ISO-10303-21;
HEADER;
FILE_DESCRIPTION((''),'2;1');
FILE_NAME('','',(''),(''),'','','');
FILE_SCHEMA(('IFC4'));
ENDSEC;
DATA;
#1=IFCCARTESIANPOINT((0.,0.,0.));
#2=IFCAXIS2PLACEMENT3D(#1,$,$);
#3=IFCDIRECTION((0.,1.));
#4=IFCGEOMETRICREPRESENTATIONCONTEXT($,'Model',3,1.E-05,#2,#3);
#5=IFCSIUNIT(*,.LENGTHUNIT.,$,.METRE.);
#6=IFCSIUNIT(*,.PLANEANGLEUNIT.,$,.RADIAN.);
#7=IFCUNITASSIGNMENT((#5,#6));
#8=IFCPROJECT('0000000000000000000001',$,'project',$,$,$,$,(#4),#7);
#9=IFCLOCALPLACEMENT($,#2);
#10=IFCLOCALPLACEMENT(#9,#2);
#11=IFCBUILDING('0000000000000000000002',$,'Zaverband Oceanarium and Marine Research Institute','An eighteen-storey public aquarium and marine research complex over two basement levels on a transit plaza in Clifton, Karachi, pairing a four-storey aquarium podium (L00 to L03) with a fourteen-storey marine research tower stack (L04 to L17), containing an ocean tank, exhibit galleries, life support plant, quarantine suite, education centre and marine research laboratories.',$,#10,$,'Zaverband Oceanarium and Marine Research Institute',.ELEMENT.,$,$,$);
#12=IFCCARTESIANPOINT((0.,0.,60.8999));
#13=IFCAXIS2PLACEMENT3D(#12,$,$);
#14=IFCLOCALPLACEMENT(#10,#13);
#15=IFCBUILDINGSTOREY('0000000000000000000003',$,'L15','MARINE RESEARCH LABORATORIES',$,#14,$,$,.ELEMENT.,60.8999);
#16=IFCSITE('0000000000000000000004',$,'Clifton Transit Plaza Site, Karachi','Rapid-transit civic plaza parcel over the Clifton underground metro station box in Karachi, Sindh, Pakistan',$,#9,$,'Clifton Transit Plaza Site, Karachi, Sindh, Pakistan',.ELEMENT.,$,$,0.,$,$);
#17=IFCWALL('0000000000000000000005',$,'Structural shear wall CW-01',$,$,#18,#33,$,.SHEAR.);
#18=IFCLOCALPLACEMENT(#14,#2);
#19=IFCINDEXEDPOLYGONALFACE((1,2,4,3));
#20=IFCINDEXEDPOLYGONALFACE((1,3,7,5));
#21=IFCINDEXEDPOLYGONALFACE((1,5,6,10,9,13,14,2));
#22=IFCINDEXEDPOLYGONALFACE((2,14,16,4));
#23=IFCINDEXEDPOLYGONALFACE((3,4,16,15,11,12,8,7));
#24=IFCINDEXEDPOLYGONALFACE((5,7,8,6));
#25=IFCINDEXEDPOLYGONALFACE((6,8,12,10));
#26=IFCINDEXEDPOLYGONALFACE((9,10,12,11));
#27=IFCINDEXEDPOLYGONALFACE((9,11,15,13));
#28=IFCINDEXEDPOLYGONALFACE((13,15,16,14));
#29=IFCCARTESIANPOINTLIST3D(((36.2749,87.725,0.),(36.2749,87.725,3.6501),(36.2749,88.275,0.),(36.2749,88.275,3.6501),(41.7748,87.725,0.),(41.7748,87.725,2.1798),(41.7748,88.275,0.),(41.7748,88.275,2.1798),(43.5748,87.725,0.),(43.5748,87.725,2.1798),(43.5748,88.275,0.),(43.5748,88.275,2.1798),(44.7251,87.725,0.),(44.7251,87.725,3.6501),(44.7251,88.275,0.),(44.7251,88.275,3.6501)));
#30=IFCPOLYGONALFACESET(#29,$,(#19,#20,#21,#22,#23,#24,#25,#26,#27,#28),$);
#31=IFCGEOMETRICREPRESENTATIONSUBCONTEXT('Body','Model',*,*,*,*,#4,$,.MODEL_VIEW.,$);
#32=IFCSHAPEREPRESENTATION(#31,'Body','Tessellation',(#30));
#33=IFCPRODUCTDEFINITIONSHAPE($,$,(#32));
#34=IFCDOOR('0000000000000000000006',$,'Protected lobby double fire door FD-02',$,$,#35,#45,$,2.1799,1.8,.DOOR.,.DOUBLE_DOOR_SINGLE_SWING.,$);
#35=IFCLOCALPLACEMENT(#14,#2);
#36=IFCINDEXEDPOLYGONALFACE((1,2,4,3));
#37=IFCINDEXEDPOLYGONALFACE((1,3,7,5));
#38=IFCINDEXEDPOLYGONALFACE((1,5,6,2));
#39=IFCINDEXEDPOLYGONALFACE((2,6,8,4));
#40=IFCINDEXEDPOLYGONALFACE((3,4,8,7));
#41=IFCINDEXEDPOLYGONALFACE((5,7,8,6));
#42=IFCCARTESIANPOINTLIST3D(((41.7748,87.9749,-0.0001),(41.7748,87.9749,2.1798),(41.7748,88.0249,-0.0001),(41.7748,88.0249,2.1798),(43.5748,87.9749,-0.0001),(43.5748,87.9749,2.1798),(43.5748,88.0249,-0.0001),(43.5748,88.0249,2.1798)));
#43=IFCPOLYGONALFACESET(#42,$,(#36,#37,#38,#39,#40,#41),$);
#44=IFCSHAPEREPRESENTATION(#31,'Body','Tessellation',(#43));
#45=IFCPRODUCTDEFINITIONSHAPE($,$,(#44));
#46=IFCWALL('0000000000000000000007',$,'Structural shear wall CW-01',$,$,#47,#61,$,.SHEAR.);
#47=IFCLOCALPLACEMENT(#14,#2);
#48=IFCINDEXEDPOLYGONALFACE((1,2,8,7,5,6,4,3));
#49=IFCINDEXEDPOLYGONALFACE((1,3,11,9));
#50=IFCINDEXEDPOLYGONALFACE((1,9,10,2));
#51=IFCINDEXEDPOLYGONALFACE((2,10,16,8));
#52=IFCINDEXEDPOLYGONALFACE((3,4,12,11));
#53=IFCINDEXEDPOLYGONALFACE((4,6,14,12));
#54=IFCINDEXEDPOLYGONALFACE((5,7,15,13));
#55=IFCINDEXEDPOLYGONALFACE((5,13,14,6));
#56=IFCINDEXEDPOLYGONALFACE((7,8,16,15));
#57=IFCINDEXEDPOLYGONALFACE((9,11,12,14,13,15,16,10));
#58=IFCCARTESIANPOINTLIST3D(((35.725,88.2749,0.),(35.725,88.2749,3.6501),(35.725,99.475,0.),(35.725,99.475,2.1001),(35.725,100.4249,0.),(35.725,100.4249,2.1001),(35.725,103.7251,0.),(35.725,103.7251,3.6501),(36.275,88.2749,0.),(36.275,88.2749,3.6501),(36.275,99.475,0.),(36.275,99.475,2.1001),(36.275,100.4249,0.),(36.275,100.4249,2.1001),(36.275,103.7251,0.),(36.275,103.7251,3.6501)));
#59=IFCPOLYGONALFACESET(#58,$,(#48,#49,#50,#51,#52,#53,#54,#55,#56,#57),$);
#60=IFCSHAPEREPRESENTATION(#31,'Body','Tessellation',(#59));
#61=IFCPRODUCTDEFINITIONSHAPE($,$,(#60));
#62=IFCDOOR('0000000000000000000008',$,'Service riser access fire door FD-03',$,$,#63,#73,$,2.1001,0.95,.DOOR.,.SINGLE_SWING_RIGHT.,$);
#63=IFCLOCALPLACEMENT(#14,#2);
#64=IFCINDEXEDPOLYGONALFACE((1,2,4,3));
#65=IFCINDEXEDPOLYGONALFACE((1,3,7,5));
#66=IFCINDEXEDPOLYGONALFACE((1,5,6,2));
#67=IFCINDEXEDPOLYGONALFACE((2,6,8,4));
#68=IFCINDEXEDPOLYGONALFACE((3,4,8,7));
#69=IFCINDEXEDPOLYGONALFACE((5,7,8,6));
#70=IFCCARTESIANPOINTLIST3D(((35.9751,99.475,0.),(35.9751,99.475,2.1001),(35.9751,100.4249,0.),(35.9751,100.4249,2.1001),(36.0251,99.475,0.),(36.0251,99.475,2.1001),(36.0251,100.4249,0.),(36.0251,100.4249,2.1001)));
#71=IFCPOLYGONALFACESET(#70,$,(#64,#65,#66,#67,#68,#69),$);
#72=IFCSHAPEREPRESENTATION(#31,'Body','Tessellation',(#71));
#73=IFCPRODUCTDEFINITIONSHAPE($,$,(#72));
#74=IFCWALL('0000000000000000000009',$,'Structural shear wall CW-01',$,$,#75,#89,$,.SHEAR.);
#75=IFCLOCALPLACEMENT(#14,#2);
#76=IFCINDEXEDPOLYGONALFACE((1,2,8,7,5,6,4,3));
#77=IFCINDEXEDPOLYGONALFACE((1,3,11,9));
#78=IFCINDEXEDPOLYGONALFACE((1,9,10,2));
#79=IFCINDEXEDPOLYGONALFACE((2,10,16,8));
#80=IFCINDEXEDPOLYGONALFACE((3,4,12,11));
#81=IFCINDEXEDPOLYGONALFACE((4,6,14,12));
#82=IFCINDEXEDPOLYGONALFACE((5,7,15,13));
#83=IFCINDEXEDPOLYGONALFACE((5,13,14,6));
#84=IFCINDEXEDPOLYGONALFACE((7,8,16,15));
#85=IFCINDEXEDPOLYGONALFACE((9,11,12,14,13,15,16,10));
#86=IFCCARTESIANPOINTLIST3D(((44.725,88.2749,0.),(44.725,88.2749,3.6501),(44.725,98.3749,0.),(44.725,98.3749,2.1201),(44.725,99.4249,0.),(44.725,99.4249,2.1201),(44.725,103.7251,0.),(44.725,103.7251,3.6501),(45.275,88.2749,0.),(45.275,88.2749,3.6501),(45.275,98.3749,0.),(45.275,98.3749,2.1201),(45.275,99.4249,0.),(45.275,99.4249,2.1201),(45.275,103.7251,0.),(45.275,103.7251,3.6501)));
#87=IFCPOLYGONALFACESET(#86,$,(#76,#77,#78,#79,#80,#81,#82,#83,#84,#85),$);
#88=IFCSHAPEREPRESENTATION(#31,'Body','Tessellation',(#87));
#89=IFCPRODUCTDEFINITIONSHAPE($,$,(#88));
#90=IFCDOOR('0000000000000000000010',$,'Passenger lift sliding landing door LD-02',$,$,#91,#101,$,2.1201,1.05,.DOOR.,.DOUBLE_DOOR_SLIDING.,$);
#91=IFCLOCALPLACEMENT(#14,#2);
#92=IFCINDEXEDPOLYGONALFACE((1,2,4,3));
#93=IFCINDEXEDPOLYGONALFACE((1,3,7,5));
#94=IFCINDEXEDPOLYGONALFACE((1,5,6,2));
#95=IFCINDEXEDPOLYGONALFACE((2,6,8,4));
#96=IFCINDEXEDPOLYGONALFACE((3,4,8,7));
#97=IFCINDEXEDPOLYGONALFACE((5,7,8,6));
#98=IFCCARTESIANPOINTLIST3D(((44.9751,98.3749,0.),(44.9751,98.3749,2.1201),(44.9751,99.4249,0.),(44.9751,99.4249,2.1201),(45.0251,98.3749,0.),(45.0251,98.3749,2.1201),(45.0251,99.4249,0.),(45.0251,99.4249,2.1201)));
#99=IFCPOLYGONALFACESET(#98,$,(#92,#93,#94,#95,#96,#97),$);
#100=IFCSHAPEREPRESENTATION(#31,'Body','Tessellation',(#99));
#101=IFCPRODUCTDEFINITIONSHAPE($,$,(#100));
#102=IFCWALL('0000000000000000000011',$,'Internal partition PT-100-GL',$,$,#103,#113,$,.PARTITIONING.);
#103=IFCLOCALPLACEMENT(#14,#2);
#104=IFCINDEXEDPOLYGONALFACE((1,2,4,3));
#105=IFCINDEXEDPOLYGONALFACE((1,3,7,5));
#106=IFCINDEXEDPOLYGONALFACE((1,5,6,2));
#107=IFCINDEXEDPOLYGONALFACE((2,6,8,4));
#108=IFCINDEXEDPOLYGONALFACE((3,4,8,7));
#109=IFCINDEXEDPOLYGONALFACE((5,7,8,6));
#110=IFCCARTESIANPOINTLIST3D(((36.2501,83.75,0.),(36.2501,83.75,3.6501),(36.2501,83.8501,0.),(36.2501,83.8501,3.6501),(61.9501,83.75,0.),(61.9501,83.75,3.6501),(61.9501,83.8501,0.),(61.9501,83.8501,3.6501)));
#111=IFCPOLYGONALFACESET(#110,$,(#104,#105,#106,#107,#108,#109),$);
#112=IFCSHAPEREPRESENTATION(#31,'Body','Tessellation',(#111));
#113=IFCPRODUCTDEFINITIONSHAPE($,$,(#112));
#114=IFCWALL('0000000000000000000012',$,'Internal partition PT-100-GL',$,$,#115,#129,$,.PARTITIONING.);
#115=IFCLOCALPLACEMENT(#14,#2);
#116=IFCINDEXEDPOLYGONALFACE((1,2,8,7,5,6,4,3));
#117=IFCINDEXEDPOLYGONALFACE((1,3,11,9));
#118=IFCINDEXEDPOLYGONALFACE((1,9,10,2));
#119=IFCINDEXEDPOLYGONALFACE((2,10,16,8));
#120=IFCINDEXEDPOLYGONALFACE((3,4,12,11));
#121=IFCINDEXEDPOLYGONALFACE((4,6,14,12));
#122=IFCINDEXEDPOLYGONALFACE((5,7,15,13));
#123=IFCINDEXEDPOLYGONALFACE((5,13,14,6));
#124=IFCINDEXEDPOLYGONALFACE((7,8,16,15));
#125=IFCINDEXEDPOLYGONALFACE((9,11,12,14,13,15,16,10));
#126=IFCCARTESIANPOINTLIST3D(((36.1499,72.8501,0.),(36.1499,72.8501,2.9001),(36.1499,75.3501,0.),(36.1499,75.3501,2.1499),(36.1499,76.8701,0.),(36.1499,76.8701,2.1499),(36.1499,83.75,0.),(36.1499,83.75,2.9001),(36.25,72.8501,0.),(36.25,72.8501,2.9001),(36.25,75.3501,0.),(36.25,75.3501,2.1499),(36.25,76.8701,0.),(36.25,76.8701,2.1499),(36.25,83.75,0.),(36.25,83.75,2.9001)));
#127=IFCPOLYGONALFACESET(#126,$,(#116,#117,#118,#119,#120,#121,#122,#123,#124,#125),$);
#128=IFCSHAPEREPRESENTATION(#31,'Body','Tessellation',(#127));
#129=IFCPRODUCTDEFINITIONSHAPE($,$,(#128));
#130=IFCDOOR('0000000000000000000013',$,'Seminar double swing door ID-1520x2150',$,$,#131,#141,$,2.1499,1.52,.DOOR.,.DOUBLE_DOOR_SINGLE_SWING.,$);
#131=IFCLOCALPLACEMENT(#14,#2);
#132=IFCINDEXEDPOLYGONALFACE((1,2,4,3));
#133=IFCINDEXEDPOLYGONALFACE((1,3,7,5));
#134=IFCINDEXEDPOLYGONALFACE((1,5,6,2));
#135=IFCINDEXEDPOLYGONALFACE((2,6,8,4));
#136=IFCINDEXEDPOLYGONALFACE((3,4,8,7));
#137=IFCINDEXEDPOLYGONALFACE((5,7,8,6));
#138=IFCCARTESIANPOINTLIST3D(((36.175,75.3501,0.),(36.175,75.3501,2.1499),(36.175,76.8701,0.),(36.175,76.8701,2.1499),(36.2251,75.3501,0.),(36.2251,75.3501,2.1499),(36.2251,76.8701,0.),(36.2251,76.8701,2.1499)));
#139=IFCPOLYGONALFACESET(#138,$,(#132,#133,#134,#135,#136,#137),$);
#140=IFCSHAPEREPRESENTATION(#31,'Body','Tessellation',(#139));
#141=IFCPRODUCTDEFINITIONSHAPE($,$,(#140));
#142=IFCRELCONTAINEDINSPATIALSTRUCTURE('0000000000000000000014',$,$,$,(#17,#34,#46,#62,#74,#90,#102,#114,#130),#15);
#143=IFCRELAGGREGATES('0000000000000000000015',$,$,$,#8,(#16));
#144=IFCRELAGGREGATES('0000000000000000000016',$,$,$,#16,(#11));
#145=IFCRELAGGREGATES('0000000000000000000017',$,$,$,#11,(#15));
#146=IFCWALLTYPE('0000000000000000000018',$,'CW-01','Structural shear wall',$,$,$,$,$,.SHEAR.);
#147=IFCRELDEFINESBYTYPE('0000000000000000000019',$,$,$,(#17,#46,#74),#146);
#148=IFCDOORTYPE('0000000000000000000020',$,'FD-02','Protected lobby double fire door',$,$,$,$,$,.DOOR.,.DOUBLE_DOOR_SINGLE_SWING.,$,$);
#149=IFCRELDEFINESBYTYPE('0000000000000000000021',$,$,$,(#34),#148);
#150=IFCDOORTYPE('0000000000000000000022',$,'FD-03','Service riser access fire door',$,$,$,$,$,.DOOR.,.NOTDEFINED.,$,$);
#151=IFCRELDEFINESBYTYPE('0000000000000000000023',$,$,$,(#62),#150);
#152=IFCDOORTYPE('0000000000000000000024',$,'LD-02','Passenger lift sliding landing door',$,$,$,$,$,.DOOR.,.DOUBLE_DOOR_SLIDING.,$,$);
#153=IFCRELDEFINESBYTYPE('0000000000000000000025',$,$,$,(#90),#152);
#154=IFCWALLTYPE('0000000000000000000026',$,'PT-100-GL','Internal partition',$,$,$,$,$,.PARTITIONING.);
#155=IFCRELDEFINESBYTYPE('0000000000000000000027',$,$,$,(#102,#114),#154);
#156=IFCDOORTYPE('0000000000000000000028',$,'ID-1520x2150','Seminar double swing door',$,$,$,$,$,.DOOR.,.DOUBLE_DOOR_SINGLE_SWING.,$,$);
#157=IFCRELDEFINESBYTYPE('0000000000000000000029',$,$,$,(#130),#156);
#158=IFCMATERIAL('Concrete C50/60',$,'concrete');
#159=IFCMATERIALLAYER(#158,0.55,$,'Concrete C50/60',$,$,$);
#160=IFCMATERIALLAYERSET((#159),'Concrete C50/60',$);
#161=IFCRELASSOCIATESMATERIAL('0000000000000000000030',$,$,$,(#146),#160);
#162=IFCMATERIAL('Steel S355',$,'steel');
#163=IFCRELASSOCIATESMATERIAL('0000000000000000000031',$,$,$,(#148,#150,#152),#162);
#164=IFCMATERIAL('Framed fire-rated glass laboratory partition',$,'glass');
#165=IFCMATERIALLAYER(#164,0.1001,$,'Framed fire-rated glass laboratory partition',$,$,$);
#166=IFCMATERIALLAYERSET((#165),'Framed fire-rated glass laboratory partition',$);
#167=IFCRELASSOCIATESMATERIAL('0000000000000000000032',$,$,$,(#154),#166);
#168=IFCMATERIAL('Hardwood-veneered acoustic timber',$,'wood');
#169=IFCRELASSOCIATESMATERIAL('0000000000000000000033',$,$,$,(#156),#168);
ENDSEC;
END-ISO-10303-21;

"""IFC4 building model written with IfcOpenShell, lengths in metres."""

from ifc_helpers import new_model, si_unit, direction, frame, frame_2d, origin, place, context, subcontext, project, spatial, rectangle, extrude, material, layer, layer_set, type_object, element, fill, save


model = new_model("IFC4")

# Units and contexts
model_context = context("Model", 3, precision=1e-05, world=origin(), true_north=direction((0.0, 1.0)))
body_context = subcontext(model_context, "Body", "Model", "MODEL_VIEW")
ifc_project = project(units=[si_unit("LENGTHUNIT", "METRE"), si_unit("PLANEANGLEUNIT", "RADIAN")], contexts=[model_context])

# Site, building, storey
site_placement = place(None, origin())
site = spatial("IfcSite", under=ifc_project, at=site_placement, Name="Clifton Transit Plaza Site, Karachi", Description="Rapid-transit civic plaza parcel over the Clifton underground metro station box in Karachi, Sindh, Pakistan", LongName="Clifton Transit Plaza Site, Karachi, Sindh, Pakistan", CompositionType="ELEMENT", RefElevation=0.0)
building_placement = place(site_placement, origin())
building = spatial("IfcBuilding", under=site, at=building_placement, Name="Zaverband Oceanarium and Marine Research Institute", Description="An eighteen-storey public aquarium and marine research complex over two basement levels on a transit plaza in Clifton, Karachi, pairing a four-storey aquarium podium (L00 to L03) with a fourteen-storey marine research tower stack (L04 to L17), containing an ocean tank, exhibit galleries, life support plant, quarantine suite, education centre and marine research laboratories.", LongName="Zaverband Oceanarium and Marine Research Institute", CompositionType="ELEMENT")
storey_placement = place(building_placement, frame((0.0, 0.0, 60.8999)))
storey = spatial("IfcBuildingStorey", under=building, at=storey_placement, Name="L15", Description="MARINE RESEARCH LABORATORIES", CompositionType="ELEMENT", Elevation=60.8999)

# Shared definitions
ifc_material_1 = material(Name="Concrete C50/60", Category="concrete")

# Walls, openings, doors
ifc_layer_1 = layer(ifc_material_1, 0.55, Name="Concrete C50/60")
ifc_layer_set_1 = layer_set([ifc_layer_1], Name="Concrete C50/60")
wall_type_1 = type_object("IfcWallType", Name="CW-01", Description="Structural shear wall", PredefinedType="SHEAR", material=ifc_layer_set_1)
wall_1_placement = place(storey_placement, frame((36.2749, 88.0, 0.0), z_axis=(0.0, 0.0, 1.0), x_axis=(1.0, 0.0, 0.0)))
wall_1 = element("IfcWall", 1, at=wall_1_placement, inside=storey, type_object=wall_type_1, Name="Structural shear wall CW-01", PredefinedType="SHEAR", context=body_context, shape_type="SweptSolid", body=[
    extrude(rectangle(XDim=8.4502, YDim=0.55, at=frame_2d((4.2251, 0.0))), origin(), (0.0, 0.0, 1.0), 3.6501),
])
opening_1_placement = place(wall_1_placement, frame((5.5, 0.0, 0.0)))
opening_1 = element("IfcOpeningElement", 2, at=opening_1_placement, cuts=wall_1, PredefinedType="OPENING", context=body_context, shape_type="SweptSolid", body=[
    extrude(rectangle(XDim=1.8, YDim=2.1799, at=frame_2d((0.8999, 1.0898))), frame((0.0, 0.2871, 0.0), z_axis=(0.0, -1.0, 0.0), x_axis=(1.0, 0.0, 0.0)), (0.0, 0.0, 1.0), 0.574),
])
ifc_material_2 = material(Name="Steel S355", Category="steel")
door_type_1 = type_object("IfcDoorType", Name="FD-02", Description="Protected lobby double fire door", OperationType="DOUBLE_DOOR_SINGLE_SWING", PredefinedType="DOOR", material=ifc_material_2)
door_1_placement = place(opening_1_placement, origin())
door_1 = element("IfcDoor", 3, at=door_1_placement, inside=storey, type_object=door_type_1, Name="Protected lobby double fire door FD-02", OperationType="DOUBLE_DOOR_SINGLE_SWING", OverallHeight=2.1799, OverallWidth=1.8, PredefinedType="DOOR", context=body_context, shape_type="SweptSolid", body=[
    extrude(rectangle(XDim=1.8, YDim=2.1799, at=frame_2d((0.8999, 1.0898))), frame((0.0, 0.0249, 0.0), z_axis=(0.0, -1.0, 0.0), x_axis=(1.0, 0.0, 0.0)), (0.0, 0.0, 1.0), 0.05),
])
fill(opening_1, door_1)
wall_2_placement = place(storey_placement, frame((36.0, 88.2749, 0.0), z_axis=(0.0, 0.0, 1.0), x_axis=(0.0, 1.0, 0.0)))
wall_2 = element("IfcWall", 4, at=wall_2_placement, inside=storey, type_object=wall_type_1, Name="Structural shear wall CW-01", PredefinedType="SHEAR", context=body_context, shape_type="SweptSolid", body=[
    extrude(rectangle(XDim=15.4502, YDim=0.55, at=frame_2d((7.7251, 0.0))), origin(), (0.0, 0.0, 1.0), 3.6501),
])
opening_2_placement = place(wall_2_placement, frame((11.2, 0.0, 0.0)))
opening_2 = element("IfcOpeningElement", 5, at=opening_2_placement, cuts=wall_2, PredefinedType="OPENING", context=body_context, shape_type="SweptSolid", body=[
    extrude(rectangle(XDim=0.95, YDim=2.1001, at=frame_2d((0.4751, 1.05))), frame((0.0, 0.2871, 0.0), z_axis=(0.0, -1.0, 0.0), x_axis=(1.0, 0.0, 0.0)), (0.0, 0.0, 1.0), 0.574),
])
door_type_2 = type_object("IfcDoorType", Name="FD-03", Description="Service riser access fire door", OperationType="NOTDEFINED", PredefinedType="DOOR", material=ifc_material_2)
door_2_placement = place(opening_2_placement, origin())
door_2 = element("IfcDoor", 6, at=door_2_placement, inside=storey, type_object=door_type_2, Name="Service riser access fire door FD-03", OperationType="SINGLE_SWING_RIGHT", OverallHeight=2.1001, OverallWidth=0.95, PredefinedType="DOOR", context=body_context, shape_type="SweptSolid", body=[
    extrude(rectangle(XDim=0.95, YDim=2.1001, at=frame_2d((0.4751, 1.05))), frame((0.0, 0.0249, 0.0), z_axis=(0.0, -1.0, 0.0), x_axis=(1.0, 0.0, 0.0)), (0.0, 0.0, 1.0), 0.05),
])
fill(opening_2, door_2)
wall_3_placement = place(storey_placement, frame((45.0, 88.2749, 0.0), z_axis=(0.0, 0.0, 1.0), x_axis=(0.0, 1.0, 0.0)))
wall_3 = element("IfcWall", 7, at=wall_3_placement, inside=storey, type_object=wall_type_1, Name="Structural shear wall CW-01", PredefinedType="SHEAR", context=body_context, shape_type="SweptSolid", body=[
    extrude(rectangle(XDim=15.4502, YDim=0.55, at=frame_2d((7.7251, 0.0))), origin(), (0.0, 0.0, 1.0), 3.6501),
])
opening_3_placement = place(wall_3_placement, frame((10.1001, 0.0, 0.0)))
opening_3 = element("IfcOpeningElement", 8, at=opening_3_placement, cuts=wall_3, PredefinedType="OPENING", context=body_context, shape_type="SweptSolid", body=[
    extrude(rectangle(XDim=1.05, YDim=2.1201, at=frame_2d((0.5249, 1.0601))), frame((0.0, 0.2871, 0.0), z_axis=(0.0, -1.0, 0.0), x_axis=(1.0, 0.0, 0.0)), (0.0, 0.0, 1.0), 0.574),
])
door_type_3 = type_object("IfcDoorType", Name="LD-02", Description="Passenger lift sliding landing door", OperationType="DOUBLE_DOOR_SLIDING", PredefinedType="DOOR", material=ifc_material_2)
door_3_placement = place(opening_3_placement, origin())
door_3 = element("IfcDoor", 9, at=door_3_placement, inside=storey, type_object=door_type_3, Name="Passenger lift sliding landing door LD-02", OperationType="DOUBLE_DOOR_SLIDING", OverallHeight=2.1201, OverallWidth=1.05, PredefinedType="DOOR", context=body_context, shape_type="SweptSolid", body=[
    extrude(rectangle(XDim=1.05, YDim=2.1201, at=frame_2d((0.5249, 1.0601))), frame((0.0, 0.0249, 0.0), z_axis=(0.0, -1.0, 0.0), x_axis=(1.0, 0.0, 0.0)), (0.0, 0.0, 1.0), 0.05),
])
fill(opening_3, door_3)

# Wall
ifc_material_3 = material(Name="Framed fire-rated glass laboratory partition", Category="glass")
ifc_layer_2 = layer(ifc_material_3, 0.1001, Name="Framed fire-rated glass laboratory partition")
ifc_layer_set_2 = layer_set([ifc_layer_2], Name="Framed fire-rated glass laboratory partition")
wall_type_2 = type_object("IfcWallType", Name="PT-100-GL", Description="Internal partition", PredefinedType="PARTITIONING", material=ifc_layer_set_2)
wall_4_placement = place(storey_placement, frame((36.25, 83.8, 0.0), z_axis=(0.0, 0.0, 1.0), x_axis=(1.0, 0.0, 0.0)))
element("IfcWall", 10, at=wall_4_placement, inside=storey, type_object=wall_type_2, Name="Internal partition PT-100-GL", PredefinedType="PARTITIONING", context=body_context, shape_type="SweptSolid", body=[
    extrude(rectangle(XDim=25.7, YDim=0.1001, at=frame_2d((12.8501, 0.0))), origin(), (0.0, 0.0, 1.0), 3.6501),
])

# Wall, opening, door
wall_5_placement = place(storey_placement, frame((36.2, 72.8501, 0.0), z_axis=(0.0, 0.0, 1.0), x_axis=(0.0, 1.0, 0.0)))
wall_5 = element("IfcWall", 11, at=wall_5_placement, inside=storey, type_object=wall_type_2, Name="Internal partition PT-100-GL", PredefinedType="PARTITIONING", context=body_context, shape_type="SweptSolid", body=[
    extrude(rectangle(XDim=10.8999, YDim=0.1001, at=frame_2d((5.45, 0.0))), origin(), (0.0, 0.0, 1.0), 2.9001),
])
opening_4_placement = place(wall_5_placement, frame((2.5, 0.0, 0.0)))
opening_4 = element("IfcOpeningElement", 12, at=opening_4_placement, cuts=wall_5, PredefinedType="OPENING", context=body_context, shape_type="SweptSolid", body=[
    extrude(rectangle(XDim=1.52, YDim=2.1499, at=frame_2d((0.76, 1.075))), frame((0.0, 0.062, 0.0), z_axis=(0.0, -1.0, 0.0), x_axis=(1.0, 0.0, 0.0)), (0.0, 0.0, 1.0), 0.124),
])
ifc_material_4 = material(Name="Hardwood-veneered acoustic timber", Category="wood")
door_type_4 = type_object("IfcDoorType", Name="ID-1520x2150", Description="Seminar double swing door", OperationType="DOUBLE_DOOR_SINGLE_SWING", PredefinedType="DOOR", material=ifc_material_4)
door_4_placement = place(opening_4_placement, origin())
door_4 = element("IfcDoor", 13, at=door_4_placement, inside=storey, type_object=door_type_4, Name="Seminar double swing door ID-1520x2150", OperationType="DOUBLE_DOOR_SINGLE_SWING", OverallHeight=2.1499, OverallWidth=1.52, PredefinedType="DOOR", context=body_context, shape_type="SweptSolid", body=[
    extrude(rectangle(XDim=1.52, YDim=2.1499, at=frame_2d((0.76, 1.075))), frame((0.0, 0.0249, 0.0), z_axis=(0.0, -1.0, 0.0), x_axis=(1.0, 0.0, 0.0)), (0.0, 0.0, 1.0), 0.05),
])
fill(opening_4, door_4)

save(model, "model.ifc")
